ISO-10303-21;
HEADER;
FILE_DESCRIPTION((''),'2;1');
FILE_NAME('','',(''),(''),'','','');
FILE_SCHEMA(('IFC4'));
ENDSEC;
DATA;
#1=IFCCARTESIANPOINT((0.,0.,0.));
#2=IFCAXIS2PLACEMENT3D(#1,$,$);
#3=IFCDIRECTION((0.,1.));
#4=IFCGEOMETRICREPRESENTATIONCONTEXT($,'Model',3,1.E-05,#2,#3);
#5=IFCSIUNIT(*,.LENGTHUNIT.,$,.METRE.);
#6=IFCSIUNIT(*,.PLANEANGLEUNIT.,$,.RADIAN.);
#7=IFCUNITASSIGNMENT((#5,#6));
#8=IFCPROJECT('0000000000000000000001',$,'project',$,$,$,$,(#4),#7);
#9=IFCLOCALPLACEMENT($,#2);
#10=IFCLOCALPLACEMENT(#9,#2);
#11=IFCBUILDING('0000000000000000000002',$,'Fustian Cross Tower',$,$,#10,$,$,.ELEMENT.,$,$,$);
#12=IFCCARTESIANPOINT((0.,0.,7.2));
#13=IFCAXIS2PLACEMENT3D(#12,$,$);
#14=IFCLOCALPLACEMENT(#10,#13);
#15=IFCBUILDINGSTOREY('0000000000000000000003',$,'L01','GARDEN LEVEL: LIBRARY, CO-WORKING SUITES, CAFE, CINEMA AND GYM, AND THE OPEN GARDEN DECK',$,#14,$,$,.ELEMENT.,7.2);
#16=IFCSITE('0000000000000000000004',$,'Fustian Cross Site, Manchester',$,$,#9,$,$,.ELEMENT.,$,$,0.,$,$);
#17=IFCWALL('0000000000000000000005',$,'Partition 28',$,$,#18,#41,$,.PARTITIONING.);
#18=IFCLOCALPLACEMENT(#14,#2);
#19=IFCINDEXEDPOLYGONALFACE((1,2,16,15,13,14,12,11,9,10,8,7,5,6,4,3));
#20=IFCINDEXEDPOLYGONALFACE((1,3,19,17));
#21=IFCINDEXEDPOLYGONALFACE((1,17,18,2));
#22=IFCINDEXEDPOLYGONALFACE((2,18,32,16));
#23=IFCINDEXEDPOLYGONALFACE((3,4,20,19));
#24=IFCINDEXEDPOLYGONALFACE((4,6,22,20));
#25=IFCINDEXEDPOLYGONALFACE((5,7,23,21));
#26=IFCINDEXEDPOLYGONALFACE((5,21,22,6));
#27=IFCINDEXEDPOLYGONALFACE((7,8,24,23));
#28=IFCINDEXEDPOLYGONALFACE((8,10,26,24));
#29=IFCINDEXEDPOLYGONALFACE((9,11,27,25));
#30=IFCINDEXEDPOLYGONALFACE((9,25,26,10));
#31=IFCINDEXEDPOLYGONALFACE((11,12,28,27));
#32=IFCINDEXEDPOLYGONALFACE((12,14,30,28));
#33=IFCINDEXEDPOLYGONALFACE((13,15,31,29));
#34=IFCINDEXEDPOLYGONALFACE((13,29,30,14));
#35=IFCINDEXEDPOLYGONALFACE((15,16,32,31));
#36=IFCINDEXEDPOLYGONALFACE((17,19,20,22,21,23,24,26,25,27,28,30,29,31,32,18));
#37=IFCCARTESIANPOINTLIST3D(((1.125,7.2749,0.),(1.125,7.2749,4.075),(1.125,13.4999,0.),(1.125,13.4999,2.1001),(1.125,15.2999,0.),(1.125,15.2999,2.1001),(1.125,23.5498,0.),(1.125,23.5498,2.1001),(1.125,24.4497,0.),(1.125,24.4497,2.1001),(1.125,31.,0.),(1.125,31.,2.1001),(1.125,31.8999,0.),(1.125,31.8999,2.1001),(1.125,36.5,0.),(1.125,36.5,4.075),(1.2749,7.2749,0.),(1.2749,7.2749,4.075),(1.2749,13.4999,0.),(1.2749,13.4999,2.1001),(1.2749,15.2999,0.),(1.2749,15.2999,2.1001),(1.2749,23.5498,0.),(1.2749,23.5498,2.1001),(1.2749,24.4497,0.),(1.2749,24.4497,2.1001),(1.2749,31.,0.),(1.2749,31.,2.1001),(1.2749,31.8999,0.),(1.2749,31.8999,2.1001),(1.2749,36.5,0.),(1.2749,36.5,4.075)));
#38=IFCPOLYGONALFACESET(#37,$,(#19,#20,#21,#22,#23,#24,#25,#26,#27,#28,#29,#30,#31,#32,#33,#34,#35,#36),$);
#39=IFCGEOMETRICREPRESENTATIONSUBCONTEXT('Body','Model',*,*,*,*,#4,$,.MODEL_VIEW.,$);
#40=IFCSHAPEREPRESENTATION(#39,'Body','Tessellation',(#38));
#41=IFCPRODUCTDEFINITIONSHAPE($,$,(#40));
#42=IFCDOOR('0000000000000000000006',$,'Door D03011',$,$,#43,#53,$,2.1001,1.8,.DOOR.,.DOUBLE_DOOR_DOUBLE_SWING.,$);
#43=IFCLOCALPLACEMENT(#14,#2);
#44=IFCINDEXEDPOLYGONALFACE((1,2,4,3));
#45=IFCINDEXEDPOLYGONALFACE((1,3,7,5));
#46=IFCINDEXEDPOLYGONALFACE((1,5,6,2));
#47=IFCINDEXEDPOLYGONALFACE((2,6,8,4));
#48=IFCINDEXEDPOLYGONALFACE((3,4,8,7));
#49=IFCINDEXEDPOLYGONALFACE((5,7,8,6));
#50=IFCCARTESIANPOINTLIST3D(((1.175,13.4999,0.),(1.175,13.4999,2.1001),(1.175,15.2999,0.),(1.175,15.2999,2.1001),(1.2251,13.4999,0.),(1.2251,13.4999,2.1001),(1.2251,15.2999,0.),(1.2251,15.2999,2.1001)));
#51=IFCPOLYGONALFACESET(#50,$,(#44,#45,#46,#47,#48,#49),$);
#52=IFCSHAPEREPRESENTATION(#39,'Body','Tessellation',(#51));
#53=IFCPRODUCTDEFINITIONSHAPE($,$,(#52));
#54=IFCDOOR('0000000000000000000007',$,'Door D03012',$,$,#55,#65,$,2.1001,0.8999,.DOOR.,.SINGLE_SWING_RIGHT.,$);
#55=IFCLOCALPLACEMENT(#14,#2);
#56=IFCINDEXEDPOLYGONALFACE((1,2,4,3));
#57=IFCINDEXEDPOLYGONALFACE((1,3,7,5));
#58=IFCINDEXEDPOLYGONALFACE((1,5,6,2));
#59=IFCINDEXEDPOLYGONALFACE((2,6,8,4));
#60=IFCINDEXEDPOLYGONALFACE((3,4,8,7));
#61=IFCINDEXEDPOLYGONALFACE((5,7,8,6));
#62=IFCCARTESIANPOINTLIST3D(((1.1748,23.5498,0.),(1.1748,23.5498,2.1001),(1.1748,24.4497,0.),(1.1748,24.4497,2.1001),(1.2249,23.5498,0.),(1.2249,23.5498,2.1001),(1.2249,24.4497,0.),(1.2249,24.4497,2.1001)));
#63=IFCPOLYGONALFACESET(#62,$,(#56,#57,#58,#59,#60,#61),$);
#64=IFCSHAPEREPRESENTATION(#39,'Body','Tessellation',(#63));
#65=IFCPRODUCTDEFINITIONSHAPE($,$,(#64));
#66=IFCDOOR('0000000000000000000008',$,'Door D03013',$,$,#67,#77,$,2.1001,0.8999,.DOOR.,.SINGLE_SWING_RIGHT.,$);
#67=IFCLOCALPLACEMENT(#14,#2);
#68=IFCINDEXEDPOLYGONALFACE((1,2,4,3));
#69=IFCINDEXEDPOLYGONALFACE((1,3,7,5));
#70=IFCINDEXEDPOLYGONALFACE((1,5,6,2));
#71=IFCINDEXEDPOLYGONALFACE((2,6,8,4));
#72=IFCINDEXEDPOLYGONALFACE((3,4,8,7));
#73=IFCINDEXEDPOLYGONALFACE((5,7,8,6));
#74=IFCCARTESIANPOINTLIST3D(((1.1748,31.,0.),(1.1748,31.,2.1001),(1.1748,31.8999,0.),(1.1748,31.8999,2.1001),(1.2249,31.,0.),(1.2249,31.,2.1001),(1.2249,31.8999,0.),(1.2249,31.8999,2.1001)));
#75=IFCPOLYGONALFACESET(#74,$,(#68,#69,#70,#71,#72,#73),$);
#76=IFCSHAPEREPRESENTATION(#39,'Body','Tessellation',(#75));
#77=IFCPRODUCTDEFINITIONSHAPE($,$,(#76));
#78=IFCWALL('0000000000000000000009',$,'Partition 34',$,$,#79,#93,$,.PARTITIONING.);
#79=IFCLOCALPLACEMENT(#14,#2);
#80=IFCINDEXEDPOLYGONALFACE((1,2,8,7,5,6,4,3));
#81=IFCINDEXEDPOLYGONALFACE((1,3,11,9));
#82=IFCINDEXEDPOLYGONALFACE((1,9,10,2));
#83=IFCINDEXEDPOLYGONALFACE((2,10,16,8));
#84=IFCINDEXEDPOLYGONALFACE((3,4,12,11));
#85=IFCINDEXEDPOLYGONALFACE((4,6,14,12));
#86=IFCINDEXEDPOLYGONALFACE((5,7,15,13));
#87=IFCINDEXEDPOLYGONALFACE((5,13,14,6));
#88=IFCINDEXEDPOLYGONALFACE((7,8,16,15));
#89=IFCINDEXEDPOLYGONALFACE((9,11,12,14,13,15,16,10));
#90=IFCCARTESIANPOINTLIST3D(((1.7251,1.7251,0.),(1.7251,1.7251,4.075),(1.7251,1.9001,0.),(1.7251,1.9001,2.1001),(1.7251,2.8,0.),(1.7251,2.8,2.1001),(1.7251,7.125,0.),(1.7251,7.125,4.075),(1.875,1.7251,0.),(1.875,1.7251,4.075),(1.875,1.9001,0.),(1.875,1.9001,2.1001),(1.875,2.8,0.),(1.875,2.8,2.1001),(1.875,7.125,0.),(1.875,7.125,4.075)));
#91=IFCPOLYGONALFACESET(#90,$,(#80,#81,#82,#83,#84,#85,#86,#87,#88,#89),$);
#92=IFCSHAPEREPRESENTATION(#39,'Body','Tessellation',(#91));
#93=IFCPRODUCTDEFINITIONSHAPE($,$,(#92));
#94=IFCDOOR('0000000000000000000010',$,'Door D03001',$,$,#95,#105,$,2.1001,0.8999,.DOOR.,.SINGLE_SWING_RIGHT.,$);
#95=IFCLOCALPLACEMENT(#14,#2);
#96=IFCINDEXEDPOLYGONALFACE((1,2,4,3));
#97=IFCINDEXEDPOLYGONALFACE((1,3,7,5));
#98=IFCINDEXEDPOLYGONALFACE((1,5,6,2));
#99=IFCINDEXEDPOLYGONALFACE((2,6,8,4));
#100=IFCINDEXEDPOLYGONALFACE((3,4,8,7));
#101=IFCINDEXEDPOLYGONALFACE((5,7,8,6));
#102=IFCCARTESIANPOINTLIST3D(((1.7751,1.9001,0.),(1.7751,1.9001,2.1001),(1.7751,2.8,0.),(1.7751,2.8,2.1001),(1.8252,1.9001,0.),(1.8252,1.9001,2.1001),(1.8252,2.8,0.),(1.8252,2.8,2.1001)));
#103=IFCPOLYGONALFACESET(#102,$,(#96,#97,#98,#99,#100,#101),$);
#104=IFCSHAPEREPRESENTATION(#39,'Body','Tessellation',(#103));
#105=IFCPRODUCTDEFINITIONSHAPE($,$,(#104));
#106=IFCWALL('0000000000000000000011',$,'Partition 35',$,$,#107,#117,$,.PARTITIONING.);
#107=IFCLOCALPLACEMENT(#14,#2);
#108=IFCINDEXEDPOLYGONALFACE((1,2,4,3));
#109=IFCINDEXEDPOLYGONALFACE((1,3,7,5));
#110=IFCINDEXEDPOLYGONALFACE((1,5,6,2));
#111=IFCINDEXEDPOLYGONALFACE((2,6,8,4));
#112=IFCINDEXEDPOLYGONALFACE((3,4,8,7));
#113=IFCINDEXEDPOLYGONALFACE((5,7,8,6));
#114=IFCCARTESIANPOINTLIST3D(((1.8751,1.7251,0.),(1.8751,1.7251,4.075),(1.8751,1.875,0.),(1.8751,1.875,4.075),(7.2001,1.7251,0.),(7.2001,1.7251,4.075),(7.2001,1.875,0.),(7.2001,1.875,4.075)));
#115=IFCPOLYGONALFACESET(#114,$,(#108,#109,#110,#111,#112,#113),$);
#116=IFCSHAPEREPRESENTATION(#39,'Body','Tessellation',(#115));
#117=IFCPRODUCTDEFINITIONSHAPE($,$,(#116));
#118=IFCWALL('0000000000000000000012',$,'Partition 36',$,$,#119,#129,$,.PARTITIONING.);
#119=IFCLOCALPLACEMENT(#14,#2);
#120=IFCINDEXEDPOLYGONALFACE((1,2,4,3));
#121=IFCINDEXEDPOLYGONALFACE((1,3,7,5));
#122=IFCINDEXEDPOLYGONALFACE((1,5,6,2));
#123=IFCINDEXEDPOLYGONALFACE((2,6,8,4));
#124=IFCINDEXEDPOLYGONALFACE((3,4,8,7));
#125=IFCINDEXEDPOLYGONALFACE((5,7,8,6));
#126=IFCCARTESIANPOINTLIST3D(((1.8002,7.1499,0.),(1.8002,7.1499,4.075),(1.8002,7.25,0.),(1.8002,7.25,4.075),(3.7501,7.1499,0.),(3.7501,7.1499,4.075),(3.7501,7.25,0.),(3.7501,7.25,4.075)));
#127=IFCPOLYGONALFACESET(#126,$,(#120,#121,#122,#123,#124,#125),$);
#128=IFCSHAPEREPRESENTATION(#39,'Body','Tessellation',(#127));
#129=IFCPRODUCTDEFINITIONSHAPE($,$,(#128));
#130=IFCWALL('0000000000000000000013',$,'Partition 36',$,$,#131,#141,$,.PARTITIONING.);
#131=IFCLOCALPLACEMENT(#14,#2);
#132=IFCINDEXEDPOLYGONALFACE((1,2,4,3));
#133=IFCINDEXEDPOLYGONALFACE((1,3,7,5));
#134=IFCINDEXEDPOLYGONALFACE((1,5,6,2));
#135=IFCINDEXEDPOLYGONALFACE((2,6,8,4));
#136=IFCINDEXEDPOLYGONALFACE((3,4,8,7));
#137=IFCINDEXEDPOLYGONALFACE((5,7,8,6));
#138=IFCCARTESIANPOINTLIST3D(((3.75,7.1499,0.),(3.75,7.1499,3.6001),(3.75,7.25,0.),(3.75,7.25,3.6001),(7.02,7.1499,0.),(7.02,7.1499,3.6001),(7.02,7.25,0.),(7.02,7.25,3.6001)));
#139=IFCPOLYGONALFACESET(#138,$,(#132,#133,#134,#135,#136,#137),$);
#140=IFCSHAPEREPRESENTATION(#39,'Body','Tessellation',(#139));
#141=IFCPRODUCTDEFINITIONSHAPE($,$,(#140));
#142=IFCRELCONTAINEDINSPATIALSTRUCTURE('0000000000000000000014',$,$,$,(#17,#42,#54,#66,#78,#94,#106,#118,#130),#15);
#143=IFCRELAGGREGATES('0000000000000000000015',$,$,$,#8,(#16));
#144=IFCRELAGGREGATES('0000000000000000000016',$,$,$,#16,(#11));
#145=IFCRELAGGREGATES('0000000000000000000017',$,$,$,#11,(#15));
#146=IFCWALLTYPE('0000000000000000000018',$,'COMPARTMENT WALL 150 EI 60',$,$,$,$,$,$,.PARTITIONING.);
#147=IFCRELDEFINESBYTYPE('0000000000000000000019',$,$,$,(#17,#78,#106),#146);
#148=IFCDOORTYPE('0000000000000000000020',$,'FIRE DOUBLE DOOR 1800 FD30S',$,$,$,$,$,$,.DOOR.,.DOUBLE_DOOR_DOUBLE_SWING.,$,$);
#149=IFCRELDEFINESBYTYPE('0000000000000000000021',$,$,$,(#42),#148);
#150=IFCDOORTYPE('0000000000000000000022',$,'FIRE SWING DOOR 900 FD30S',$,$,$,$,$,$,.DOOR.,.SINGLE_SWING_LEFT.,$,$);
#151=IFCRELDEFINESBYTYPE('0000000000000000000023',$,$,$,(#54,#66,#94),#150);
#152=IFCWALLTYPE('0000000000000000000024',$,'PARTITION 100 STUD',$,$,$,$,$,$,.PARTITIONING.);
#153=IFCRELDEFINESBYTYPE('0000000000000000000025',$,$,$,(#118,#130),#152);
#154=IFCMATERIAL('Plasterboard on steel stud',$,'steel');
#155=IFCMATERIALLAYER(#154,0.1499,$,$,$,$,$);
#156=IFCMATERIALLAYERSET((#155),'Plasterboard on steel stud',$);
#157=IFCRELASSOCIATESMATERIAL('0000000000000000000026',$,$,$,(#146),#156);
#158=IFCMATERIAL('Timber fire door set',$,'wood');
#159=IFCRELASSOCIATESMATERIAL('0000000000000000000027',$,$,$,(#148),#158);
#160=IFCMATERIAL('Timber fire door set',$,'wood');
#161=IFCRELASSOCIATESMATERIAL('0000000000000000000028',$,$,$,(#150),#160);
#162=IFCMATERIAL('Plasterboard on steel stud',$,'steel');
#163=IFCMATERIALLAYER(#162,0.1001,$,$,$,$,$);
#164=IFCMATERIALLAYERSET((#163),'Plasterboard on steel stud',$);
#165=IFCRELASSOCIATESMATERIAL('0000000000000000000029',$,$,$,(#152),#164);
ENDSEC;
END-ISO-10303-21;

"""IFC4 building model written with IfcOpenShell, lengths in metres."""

from ifc_helpers import new_model, si_unit, direction, frame, frame_2d, origin, place, context, subcontext, project, spatial, rectangle, extrude, material, layer, layer_set, type_object, element, fill, save


model = new_model("IFC4")

# Units and contexts
model_context = context("Model", 3, precision=1e-05, world=origin(), true_north=direction((0.0, 1.0)))
body_context = subcontext(model_context, "Body", "Model", "MODEL_VIEW")
ifc_project = project(units=[si_unit("LENGTHUNIT", "METRE"), si_unit("PLANEANGLEUNIT", "RADIAN")], contexts=[model_context])

# Site, building, storey
site_placement = place(None, origin())
site = spatial("IfcSite", under=ifc_project, at=site_placement, Name="Fustian Cross Site, Manchester", CompositionType="ELEMENT", RefElevation=0.0)
building_placement = place(site_placement, origin())
building = spatial("IfcBuilding", under=site, at=building_placement, Name="Fustian Cross Tower", CompositionType="ELEMENT")
storey_placement = place(building_placement, frame((0.0, 0.0, 7.2)))
storey = spatial("IfcBuildingStorey", under=building, at=storey_placement, Name="L01", Description="GARDEN LEVEL: LIBRARY, CO-WORKING SUITES, CAFE, CINEMA AND GYM, AND THE OPEN GARDEN DECK", CompositionType="ELEMENT", Elevation=7.2)

# Wall, openings, doors
ifc_material_1 = material(Name="Plasterboard on steel stud", Category="steel")
ifc_layer_1 = layer(ifc_material_1, 0.1499)
ifc_layer_set_1 = layer_set([ifc_layer_1], Name="Plasterboard on steel stud")
wall_type_1 = type_object("IfcWallType", Name="COMPARTMENT WALL 150 EI 60", PredefinedType="PARTITIONING", material=ifc_layer_set_1)
wall_1_placement = place(storey_placement, frame((1.2, 7.2749, 0.0), z_axis=(0.0, 0.0, 1.0), x_axis=(0.0, 1.0, 0.0)))
wall_1 = element("IfcWall", 1, at=wall_1_placement, inside=storey, type_object=wall_type_1, Name="Partition 28", PredefinedType="PARTITIONING", context=body_context, shape_type="SweptSolid", body=[
    extrude(rectangle(XDim=29.2251, YDim=0.1499, at=frame_2d((14.6125, 0.0))), origin(), (0.0, 0.0, 1.0), 4.075),
])
opening_1_placement = place(wall_1_placement, frame((6.2251, 0.0, 0.0)))
opening_1 = element("IfcOpeningElement", 2, at=opening_1_placement, cuts=wall_1, PredefinedType="OPENING", context=body_context, shape_type="SweptSolid", body=[
    extrude(rectangle(XDim=1.8, YDim=2.1001, at=frame_2d((0.8999, 1.05))), frame((0.0, 0.085, 0.0), z_axis=(0.0, -1.0, 0.0), x_axis=(1.0, 0.0, 0.0)), (0.0, 0.0, 1.0), 0.1699),
])
opening_2_placement = place(wall_1_placement, frame((16.2749, 0.0, 0.0)))
opening_2 = element("IfcOpeningElement", 3, at=opening_2_placement, cuts=wall_1, PredefinedType="OPENING", context=body_context, shape_type="SweptSolid", body=[
    extrude(rectangle(XDim=0.8999, YDim=2.1001, at=frame_2d((0.45, 1.05))), frame((0.0, 0.085, 0.0), z_axis=(0.0, -1.0, 0.0), x_axis=(1.0, 0.0, 0.0)), (0.0, 0.0, 1.0), 0.1699),
])
opening_3_placement = place(wall_1_placement, frame((23.7251, 0.0, 0.0)))
opening_3 = element("IfcOpeningElement", 4, at=opening_3_placement, cuts=wall_1, PredefinedType="OPENING", context=body_context, shape_type="SweptSolid", body=[
    extrude(rectangle(XDim=0.8999, YDim=2.1001, at=frame_2d((0.45, 1.05))), frame((0.0, 0.085, 0.0), z_axis=(0.0, -1.0, 0.0), x_axis=(1.0, 0.0, 0.0)), (0.0, 0.0, 1.0), 0.1699),
])
ifc_material_2 = material(Name="Timber fire door set", Category="wood")
door_type_1 = type_object("IfcDoorType", Name="FIRE DOUBLE DOOR 1800 FD30S", OperationType="DOUBLE_DOOR_DOUBLE_SWING", PredefinedType="DOOR", material=ifc_material_2)
door_1_placement = place(opening_1_placement, origin())
door_1 = element("IfcDoor", 5, at=door_1_placement, inside=storey, type_object=door_type_1, Name="Door D03011", OperationType="DOUBLE_DOOR_DOUBLE_SWING", OverallHeight=2.1001, OverallWidth=1.8, PredefinedType="DOOR", context=body_context, shape_type="SweptSolid", body=[
    extrude(rectangle(XDim=1.8, YDim=2.1001, at=frame_2d((0.8999, 1.05))), frame((0.0, 0.0249, 0.0), z_axis=(0.0, -1.0, 0.0), x_axis=(1.0, 0.0, 0.0)), (0.0, 0.0, 1.0), 0.05),
])
fill(opening_1, door_1)
ifc_material_3 = material(Name="Timber fire door set", Category="wood")
door_type_2 = type_object("IfcDoorType", Name="FIRE SWING DOOR 900 FD30S", OperationType="SINGLE_SWING_LEFT", PredefinedType="DOOR", material=ifc_material_3)
door_2_placement = place(opening_2_placement, frame((0.8999, 0.0, 0.0), z_axis=(0.0, 0.0, 1.0), x_axis=(-1.0, 0.0, 0.0)))
door_2 = element("IfcDoor", 6, at=door_2_placement, inside=storey, type_object=door_type_2, Name="Door D03012", OperationType="SINGLE_SWING_RIGHT", OverallHeight=2.1001, OverallWidth=0.8999, PredefinedType="DOOR", context=body_context, shape_type="SweptSolid", body=[
    extrude(rectangle(XDim=0.8999, YDim=2.1001, at=frame_2d((0.45, 1.05))), frame((0.0, 0.0249, 0.0), z_axis=(0.0, -1.0, 0.0), x_axis=(1.0, 0.0, 0.0)), (0.0, 0.0, 1.0), 0.05),
])
fill(opening_2, door_2)
door_3_placement = place(opening_3_placement, frame((0.8999, 0.0, 0.0), z_axis=(0.0, 0.0, 1.0), x_axis=(-1.0, 0.0, 0.0)))
door_3 = element("IfcDoor", 7, at=door_3_placement, inside=storey, type_object=door_type_2, Name="Door D03013", OperationType="SINGLE_SWING_RIGHT", OverallHeight=2.1001, OverallWidth=0.8999, PredefinedType="DOOR", context=body_context, shape_type="SweptSolid", body=[
    extrude(rectangle(XDim=0.8999, YDim=2.1001, at=frame_2d((0.45, 1.05))), frame((0.0, 0.0249, 0.0), z_axis=(0.0, -1.0, 0.0), x_axis=(1.0, 0.0, 0.0)), (0.0, 0.0, 1.0), 0.05),
])
fill(opening_3, door_3)

# Wall, opening, door
wall_2_placement = place(storey_placement, frame((1.8, 1.7251, 0.0), z_axis=(0.0, 0.0, 1.0), x_axis=(0.0, 1.0, 0.0)))
wall_2 = element("IfcWall", 8, at=wall_2_placement, inside=storey, type_object=wall_type_1, Name="Partition 34", PredefinedType="PARTITIONING", context=body_context, shape_type="SweptSolid", body=[
    extrude(rectangle(XDim=5.3999, YDim=0.1499, at=frame_2d((2.7, 0.0))), origin(), (0.0, 0.0, 1.0), 4.075),
])
opening_4_placement = place(wall_2_placement, frame((0.175, 0.0, 0.0)))
opening_4 = element("IfcOpeningElement", 9, at=opening_4_placement, cuts=wall_2, PredefinedType="OPENING", context=body_context, shape_type="SweptSolid", body=[
    extrude(rectangle(XDim=0.8999, YDim=2.1001, at=frame_2d((0.45, 1.05))), frame((0.0, 0.085, 0.0), z_axis=(0.0, -1.0, 0.0), x_axis=(1.0, 0.0, 0.0)), (0.0, 0.0, 1.0), 0.1699),
])
door_4_placement = place(opening_4_placement, origin())
door_4 = element("IfcDoor", 10, at=door_4_placement, inside=storey, type_object=door_type_2, Name="Door D03001", OperationType="SINGLE_SWING_RIGHT", OverallHeight=2.1001, OverallWidth=0.8999, PredefinedType="DOOR", context=body_context, shape_type="SweptSolid", body=[
    extrude(rectangle(XDim=0.8999, YDim=2.1001, at=frame_2d((0.45, 1.05))), frame((0.0, 0.0249, 0.0), z_axis=(0.0, -1.0, 0.0), x_axis=(1.0, 0.0, 0.0)), (0.0, 0.0, 1.0), 0.05),
])
fill(opening_4, door_4)

# Wall
wall_3_placement = place(storey_placement, frame((1.875, 1.8, 0.0), z_axis=(0.0, 0.0, 1.0), x_axis=(1.0, 0.0, 0.0)))
element("IfcWall", 11, at=wall_3_placement, inside=storey, type_object=wall_type_1, Name="Partition 35", PredefinedType="PARTITIONING", context=body_context, shape_type="SweptSolid", body=[
    extrude(rectangle(XDim=5.325, YDim=0.1499, at=frame_2d((2.6626, 0.0))), origin(), (0.0, 0.0, 1.0), 4.075),
])

# Walls
ifc_material_4 = material(Name="Plasterboard on steel stud", Category="steel")
ifc_layer_2 = layer(ifc_material_4, 0.1001)
ifc_layer_set_2 = layer_set([ifc_layer_2], Name="Plasterboard on steel stud")
wall_type_2 = type_object("IfcWallType", Name="PARTITION 100 STUD", PredefinedType="PARTITIONING", material=ifc_layer_set_2)
wall_4_placement = place(storey_placement, frame((1.8, 7.2, 0.0), z_axis=(0.0, 0.0, 1.0), x_axis=(1.0, 0.0, 0.0)))
element("IfcWall", 12, at=wall_4_placement, inside=storey, type_object=wall_type_2, Name="Partition 36", PredefinedType="PARTITIONING", context=body_context, shape_type="SweptSolid", body=[
    extrude(rectangle(XDim=1.95, YDim=0.1001, at=frame_2d((0.9751, 0.0))), origin(), (0.0, 0.0, 1.0), 4.075),
])
wall_5_placement = place(storey_placement, frame((3.75, 7.2, 0.0), z_axis=(0.0, 0.0, 1.0), x_axis=(1.0, 0.0, 0.0)))
element("IfcWall", 13, at=wall_5_placement, inside=storey, type_object=wall_type_2, Name="Partition 36", PredefinedType="PARTITIONING", context=body_context, shape_type="SweptSolid", body=[
    extrude(rectangle(XDim=3.27, YDim=0.1001, at=frame_2d((1.635, 0.0))), origin(), (0.0, 0.0, 1.0), 3.6001),
])

save(model, "model.ifc")
